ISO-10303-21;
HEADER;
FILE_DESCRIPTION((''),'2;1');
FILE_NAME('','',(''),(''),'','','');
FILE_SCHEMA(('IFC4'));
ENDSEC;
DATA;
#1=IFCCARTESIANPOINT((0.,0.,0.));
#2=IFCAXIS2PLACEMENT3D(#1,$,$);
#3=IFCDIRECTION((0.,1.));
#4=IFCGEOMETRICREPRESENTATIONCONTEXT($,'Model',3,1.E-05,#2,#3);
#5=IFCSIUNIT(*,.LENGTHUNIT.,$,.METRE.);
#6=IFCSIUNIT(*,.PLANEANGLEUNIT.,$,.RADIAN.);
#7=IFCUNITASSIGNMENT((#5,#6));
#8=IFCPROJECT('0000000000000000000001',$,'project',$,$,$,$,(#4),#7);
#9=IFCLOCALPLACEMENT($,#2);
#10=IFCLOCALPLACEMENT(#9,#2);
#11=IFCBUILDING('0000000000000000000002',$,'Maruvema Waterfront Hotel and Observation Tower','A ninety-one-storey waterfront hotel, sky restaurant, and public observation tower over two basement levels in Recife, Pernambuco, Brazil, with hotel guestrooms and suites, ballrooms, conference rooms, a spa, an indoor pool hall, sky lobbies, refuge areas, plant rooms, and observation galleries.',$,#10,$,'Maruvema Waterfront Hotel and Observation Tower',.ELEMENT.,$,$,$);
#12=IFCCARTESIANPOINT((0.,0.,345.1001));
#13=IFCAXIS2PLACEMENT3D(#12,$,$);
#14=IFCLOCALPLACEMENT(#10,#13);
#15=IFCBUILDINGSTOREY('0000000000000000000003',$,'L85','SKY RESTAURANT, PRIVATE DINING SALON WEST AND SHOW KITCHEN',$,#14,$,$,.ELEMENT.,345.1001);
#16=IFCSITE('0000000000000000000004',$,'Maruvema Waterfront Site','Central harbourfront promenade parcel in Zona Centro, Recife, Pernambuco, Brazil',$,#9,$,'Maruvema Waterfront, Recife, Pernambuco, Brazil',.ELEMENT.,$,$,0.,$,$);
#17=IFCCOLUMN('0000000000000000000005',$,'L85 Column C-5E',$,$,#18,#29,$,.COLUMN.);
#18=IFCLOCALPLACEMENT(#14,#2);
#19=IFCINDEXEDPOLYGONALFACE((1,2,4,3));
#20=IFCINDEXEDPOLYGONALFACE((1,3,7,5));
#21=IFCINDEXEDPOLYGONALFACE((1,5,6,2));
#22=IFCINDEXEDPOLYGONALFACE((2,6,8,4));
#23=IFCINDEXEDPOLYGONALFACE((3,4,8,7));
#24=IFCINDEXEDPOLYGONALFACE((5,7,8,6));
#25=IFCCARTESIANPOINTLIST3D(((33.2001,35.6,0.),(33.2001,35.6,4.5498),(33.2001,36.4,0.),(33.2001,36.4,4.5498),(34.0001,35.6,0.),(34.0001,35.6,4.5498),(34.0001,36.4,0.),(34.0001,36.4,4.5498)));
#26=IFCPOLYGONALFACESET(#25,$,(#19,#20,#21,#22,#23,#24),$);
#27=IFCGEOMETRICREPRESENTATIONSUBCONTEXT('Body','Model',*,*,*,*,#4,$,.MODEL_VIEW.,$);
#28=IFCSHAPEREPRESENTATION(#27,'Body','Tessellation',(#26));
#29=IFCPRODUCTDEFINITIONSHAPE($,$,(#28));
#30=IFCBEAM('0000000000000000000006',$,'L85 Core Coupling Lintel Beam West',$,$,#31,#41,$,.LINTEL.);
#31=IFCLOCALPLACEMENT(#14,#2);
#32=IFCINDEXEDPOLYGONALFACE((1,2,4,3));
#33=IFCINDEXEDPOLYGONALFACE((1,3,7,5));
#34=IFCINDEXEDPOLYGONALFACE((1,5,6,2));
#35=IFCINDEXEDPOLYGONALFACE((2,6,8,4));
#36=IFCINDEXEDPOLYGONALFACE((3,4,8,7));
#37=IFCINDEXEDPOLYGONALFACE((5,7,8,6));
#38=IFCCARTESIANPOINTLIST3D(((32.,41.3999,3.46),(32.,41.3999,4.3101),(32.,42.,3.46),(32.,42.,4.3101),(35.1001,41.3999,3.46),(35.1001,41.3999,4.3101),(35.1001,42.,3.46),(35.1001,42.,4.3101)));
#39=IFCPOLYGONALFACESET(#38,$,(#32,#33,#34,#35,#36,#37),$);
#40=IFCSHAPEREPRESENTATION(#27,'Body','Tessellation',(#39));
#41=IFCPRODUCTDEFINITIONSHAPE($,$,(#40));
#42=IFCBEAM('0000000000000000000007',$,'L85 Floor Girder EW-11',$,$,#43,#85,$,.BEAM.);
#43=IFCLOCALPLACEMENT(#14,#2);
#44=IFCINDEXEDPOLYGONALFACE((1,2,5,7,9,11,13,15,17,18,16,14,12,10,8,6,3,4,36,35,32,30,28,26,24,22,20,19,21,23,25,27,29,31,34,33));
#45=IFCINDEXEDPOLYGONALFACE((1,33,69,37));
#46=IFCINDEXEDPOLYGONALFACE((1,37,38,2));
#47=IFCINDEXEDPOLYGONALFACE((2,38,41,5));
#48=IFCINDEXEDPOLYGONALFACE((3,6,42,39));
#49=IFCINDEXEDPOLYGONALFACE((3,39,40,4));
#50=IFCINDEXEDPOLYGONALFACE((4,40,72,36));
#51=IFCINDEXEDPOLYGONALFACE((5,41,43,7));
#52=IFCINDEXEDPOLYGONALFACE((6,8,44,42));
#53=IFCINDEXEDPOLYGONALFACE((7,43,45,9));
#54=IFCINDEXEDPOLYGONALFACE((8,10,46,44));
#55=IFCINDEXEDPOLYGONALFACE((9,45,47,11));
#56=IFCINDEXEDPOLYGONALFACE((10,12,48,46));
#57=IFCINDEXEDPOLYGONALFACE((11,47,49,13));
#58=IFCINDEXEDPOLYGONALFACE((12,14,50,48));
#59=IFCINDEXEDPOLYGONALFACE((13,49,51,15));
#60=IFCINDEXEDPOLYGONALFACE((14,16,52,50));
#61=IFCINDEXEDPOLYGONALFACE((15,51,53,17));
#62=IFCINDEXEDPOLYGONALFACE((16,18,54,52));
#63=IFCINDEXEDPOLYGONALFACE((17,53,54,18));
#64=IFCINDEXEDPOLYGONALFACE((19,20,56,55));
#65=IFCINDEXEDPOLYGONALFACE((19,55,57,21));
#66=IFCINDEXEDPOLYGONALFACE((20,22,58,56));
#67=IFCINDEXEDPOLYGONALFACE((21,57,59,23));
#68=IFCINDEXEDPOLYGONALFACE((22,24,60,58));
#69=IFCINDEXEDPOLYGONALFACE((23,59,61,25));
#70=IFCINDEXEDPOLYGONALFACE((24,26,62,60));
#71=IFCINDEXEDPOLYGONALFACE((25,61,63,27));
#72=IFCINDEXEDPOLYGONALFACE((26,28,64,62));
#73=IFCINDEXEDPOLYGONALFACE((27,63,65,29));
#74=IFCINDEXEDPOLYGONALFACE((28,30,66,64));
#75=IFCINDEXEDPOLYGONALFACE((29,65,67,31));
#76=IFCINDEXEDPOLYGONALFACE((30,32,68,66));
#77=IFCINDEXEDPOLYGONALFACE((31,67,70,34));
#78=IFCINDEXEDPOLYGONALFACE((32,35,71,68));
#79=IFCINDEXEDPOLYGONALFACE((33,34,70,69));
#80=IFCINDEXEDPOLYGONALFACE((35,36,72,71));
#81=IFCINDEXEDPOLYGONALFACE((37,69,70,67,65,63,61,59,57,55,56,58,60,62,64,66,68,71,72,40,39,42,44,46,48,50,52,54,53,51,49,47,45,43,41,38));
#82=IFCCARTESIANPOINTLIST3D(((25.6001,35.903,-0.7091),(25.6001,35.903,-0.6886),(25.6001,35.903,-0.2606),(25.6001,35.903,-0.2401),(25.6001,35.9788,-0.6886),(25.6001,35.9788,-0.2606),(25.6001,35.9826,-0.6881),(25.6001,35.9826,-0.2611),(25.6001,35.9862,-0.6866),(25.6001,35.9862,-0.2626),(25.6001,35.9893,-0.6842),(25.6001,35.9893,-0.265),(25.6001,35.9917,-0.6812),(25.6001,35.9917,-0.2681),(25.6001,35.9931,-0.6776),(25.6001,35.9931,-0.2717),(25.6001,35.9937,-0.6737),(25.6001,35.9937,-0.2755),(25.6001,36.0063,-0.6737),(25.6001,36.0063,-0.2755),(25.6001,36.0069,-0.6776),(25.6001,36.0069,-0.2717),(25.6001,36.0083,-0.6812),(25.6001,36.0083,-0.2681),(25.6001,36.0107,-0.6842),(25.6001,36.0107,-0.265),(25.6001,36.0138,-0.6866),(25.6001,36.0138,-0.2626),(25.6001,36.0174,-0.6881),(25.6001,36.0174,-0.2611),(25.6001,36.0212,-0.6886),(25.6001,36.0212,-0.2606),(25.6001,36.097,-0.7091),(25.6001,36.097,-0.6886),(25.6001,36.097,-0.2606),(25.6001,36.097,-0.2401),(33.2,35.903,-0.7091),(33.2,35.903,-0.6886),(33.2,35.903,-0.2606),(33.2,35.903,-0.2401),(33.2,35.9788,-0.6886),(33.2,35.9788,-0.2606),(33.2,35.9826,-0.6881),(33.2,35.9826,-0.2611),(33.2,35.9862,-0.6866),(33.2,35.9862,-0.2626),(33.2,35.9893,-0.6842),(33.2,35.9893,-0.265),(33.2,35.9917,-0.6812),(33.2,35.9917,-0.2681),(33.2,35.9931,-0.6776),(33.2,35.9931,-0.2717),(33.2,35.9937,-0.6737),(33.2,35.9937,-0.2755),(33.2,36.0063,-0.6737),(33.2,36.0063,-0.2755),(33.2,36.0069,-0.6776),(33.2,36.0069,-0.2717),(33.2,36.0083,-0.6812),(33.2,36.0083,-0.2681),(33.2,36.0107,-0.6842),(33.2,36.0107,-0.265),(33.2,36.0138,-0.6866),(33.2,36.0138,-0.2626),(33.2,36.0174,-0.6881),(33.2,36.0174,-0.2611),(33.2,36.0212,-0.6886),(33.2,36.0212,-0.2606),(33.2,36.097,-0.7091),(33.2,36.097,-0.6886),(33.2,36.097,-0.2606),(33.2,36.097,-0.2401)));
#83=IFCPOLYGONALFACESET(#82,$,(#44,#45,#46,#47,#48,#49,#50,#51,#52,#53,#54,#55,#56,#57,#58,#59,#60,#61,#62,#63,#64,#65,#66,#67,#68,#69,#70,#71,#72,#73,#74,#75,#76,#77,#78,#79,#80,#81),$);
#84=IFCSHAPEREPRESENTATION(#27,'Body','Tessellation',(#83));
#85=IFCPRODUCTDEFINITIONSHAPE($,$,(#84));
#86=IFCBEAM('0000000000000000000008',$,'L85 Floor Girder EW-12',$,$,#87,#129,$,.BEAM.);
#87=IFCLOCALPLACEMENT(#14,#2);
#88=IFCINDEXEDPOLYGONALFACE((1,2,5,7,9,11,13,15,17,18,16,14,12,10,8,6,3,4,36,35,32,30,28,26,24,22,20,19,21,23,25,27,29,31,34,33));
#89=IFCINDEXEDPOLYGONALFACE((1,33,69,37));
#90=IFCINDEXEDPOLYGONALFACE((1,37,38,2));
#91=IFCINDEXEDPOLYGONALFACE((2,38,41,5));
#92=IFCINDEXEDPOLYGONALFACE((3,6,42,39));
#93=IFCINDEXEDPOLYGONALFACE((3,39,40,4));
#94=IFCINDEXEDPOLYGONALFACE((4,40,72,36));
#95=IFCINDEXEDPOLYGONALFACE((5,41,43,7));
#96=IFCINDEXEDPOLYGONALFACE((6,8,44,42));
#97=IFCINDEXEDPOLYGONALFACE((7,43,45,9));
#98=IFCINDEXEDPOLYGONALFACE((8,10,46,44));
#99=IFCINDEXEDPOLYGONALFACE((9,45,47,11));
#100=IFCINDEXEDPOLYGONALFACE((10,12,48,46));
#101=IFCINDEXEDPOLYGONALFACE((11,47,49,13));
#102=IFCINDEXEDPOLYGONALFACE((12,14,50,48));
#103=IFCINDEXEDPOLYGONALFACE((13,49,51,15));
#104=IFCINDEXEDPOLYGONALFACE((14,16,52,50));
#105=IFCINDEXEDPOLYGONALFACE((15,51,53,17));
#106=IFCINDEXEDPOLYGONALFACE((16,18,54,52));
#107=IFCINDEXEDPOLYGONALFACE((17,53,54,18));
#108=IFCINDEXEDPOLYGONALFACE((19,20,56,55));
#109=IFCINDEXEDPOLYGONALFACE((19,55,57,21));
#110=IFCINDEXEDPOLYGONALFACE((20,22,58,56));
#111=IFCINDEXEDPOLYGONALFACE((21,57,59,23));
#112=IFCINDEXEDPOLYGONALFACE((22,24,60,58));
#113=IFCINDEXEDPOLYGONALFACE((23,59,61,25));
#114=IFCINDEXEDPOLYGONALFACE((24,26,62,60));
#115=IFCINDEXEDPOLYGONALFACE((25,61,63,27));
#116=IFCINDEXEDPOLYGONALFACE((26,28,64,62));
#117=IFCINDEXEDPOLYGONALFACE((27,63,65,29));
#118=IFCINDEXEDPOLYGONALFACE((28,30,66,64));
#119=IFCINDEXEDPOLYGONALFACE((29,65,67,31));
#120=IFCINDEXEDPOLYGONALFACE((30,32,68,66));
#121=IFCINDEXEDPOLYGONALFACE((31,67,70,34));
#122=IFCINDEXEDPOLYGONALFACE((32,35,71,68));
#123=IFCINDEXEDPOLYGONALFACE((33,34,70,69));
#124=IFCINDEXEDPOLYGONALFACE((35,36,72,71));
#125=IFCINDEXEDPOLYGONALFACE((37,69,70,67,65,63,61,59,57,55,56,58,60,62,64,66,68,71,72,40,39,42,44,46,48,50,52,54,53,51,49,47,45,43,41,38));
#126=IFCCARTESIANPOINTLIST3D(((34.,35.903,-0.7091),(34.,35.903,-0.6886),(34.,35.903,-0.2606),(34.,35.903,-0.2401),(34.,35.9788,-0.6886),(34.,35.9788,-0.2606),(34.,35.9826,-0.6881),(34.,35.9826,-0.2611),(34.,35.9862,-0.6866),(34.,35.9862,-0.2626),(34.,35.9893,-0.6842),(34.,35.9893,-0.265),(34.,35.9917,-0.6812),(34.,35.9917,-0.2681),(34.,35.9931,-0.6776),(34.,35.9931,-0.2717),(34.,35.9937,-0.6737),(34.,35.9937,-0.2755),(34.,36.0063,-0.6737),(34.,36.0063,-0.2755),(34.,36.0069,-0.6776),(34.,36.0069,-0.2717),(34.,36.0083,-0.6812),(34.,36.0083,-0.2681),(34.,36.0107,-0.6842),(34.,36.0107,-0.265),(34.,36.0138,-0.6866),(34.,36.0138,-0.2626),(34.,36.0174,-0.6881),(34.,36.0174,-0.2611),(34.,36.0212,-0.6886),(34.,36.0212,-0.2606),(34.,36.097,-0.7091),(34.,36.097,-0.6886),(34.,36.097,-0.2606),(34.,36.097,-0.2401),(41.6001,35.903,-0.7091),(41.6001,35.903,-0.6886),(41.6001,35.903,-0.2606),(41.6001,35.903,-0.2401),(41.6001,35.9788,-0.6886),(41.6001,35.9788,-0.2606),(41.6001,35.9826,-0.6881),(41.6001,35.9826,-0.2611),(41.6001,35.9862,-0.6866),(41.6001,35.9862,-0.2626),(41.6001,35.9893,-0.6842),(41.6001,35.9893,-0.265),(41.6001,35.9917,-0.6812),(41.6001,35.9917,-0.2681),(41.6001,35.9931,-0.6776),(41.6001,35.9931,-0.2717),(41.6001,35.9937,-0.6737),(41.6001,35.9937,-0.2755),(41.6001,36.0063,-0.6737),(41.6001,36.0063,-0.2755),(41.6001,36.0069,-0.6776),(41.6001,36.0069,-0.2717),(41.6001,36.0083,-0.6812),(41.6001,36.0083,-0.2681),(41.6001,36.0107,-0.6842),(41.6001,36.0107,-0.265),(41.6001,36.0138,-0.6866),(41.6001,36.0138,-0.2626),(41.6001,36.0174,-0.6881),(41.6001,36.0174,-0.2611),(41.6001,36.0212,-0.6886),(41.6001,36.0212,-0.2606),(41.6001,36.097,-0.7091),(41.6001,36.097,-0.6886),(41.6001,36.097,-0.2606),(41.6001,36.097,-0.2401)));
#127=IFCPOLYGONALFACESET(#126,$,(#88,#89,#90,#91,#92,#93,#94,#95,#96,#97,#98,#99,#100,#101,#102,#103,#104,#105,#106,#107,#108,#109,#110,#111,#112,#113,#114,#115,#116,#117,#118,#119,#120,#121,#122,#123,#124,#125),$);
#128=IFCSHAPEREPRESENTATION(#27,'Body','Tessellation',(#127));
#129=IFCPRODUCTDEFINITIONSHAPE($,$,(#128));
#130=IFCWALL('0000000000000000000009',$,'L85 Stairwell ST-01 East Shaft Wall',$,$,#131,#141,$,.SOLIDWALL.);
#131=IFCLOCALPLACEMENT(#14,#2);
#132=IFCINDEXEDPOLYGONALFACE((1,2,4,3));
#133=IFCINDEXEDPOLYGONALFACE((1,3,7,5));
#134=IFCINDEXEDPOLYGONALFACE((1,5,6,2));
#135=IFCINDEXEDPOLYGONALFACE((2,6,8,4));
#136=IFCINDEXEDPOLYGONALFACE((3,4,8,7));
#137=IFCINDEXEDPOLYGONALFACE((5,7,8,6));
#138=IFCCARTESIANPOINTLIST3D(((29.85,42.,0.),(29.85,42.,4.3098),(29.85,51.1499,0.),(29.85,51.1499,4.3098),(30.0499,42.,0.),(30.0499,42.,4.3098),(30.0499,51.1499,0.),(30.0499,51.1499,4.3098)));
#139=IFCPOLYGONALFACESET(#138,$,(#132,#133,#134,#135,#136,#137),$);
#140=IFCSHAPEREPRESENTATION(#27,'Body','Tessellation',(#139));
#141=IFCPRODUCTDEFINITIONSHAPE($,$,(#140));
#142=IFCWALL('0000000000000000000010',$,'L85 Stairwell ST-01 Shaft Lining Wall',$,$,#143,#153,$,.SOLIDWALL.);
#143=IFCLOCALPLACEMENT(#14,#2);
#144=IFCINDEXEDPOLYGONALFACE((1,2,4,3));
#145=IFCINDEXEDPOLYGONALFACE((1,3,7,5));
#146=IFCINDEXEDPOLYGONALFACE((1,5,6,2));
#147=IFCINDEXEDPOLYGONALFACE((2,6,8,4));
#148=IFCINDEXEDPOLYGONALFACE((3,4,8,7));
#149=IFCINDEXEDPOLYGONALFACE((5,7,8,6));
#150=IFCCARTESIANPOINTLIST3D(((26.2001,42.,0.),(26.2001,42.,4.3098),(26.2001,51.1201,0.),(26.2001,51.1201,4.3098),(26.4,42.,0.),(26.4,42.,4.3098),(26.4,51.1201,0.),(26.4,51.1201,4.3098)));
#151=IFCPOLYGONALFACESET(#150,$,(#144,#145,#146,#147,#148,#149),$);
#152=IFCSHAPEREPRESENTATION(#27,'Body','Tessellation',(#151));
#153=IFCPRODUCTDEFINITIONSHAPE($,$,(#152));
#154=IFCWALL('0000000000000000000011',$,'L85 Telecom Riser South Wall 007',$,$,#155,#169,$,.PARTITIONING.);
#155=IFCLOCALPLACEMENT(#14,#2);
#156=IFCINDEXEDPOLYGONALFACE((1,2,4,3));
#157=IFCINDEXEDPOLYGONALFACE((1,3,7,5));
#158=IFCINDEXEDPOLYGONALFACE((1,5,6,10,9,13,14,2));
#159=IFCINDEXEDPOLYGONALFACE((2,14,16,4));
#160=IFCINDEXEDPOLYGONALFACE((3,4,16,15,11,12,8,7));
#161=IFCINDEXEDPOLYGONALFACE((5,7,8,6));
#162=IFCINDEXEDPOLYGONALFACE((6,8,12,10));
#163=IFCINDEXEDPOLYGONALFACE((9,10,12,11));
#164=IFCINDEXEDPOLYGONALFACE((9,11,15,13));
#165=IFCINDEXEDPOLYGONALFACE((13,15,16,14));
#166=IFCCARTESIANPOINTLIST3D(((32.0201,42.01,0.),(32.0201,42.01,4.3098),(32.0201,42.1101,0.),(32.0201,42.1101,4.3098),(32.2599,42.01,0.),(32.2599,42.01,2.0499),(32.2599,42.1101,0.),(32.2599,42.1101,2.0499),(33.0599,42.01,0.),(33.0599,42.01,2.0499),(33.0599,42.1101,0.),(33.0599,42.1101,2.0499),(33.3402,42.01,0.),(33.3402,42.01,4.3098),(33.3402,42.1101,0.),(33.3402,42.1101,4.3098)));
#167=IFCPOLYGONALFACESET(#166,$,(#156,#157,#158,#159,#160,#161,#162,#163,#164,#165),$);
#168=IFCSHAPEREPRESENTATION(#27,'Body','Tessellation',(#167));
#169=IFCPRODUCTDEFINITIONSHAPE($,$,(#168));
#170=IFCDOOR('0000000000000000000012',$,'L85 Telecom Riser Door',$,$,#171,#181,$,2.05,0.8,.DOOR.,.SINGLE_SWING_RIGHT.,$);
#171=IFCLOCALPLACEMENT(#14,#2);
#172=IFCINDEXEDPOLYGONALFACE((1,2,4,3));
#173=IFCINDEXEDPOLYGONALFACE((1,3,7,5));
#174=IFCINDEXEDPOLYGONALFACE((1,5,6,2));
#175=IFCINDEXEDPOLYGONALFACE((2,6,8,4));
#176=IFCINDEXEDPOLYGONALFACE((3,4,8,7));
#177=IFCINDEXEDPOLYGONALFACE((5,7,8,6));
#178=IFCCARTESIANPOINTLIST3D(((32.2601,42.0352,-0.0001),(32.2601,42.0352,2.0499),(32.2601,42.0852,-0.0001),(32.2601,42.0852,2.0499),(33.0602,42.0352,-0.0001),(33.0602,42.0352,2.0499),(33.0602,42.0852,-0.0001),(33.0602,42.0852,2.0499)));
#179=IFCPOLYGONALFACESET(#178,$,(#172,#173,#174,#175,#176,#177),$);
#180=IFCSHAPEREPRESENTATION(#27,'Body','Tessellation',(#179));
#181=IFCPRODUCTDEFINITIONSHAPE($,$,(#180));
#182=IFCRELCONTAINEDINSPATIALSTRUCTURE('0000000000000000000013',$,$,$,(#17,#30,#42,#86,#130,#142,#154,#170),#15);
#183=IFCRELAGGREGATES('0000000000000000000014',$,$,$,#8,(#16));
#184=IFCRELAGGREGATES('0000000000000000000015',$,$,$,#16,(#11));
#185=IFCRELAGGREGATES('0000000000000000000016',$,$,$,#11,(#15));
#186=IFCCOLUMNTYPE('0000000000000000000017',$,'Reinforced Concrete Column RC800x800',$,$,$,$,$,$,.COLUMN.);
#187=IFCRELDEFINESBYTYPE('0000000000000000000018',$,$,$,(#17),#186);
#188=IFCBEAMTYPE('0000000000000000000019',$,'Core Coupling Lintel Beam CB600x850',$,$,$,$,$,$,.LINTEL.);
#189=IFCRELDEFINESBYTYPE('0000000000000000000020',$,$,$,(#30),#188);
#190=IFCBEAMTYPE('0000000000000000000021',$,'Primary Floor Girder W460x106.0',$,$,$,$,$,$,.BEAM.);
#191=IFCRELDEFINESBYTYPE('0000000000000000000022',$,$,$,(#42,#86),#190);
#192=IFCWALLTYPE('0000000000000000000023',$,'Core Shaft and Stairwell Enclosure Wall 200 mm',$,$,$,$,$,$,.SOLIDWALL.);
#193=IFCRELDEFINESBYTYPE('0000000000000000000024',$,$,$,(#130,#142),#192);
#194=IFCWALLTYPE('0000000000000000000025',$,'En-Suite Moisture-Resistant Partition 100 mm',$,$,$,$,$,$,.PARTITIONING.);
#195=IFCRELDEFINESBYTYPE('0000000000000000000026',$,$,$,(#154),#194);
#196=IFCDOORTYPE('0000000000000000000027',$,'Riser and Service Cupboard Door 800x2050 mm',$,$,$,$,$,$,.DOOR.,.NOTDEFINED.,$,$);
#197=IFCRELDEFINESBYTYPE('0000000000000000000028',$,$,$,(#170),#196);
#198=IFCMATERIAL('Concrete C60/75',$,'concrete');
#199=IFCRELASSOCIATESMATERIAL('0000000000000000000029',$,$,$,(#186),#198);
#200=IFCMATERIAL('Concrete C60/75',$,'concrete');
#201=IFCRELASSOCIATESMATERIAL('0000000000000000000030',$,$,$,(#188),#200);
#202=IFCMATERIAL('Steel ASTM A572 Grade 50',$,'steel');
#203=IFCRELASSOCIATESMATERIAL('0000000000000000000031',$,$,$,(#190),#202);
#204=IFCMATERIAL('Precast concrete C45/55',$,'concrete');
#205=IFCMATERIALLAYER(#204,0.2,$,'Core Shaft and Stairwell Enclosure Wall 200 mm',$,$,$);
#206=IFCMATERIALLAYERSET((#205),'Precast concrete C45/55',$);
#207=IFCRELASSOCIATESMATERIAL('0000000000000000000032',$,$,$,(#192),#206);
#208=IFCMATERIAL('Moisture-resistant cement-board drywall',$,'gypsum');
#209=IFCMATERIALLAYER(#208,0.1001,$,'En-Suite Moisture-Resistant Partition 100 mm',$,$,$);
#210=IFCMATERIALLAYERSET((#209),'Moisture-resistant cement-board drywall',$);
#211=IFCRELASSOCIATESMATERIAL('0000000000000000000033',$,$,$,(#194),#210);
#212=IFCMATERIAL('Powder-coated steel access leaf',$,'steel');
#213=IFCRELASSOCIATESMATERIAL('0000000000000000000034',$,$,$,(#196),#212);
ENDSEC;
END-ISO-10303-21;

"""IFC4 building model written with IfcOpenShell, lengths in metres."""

from ifc_helpers import new_model, si_unit, direction, frame, frame_2d, origin, origin_2d, place, context, subcontext, project, spatial, rectangle, i_section, extrude, material, layer, layer_set, material_profile, profile_set, type_object, element, fill, save


model = new_model("IFC4")

# Units and contexts
model_context = context("Model", 3, precision=1e-05, world=origin(), true_north=direction((0.0, 1.0)))
body_context = subcontext(model_context, "Body", "Model", "MODEL_VIEW")
ifc_project = project(units=[si_unit("LENGTHUNIT", "METRE"), si_unit("PLANEANGLEUNIT", "RADIAN")], contexts=[model_context])

# Site, building, storey
site_placement = place(None, origin())
site = spatial("IfcSite", under=ifc_project, at=site_placement, Name="Maruvema Waterfront Site", Description="Central harbourfront promenade parcel in Zona Centro, Recife, Pernambuco, Brazil", LongName="Maruvema Waterfront, Recife, Pernambuco, Brazil", CompositionType="ELEMENT", RefElevation=0.0)
building_placement = place(site_placement, origin())
building = spatial("IfcBuilding", under=site, at=building_placement, Name="Maruvema Waterfront Hotel and Observation Tower", Description="A ninety-one-storey waterfront hotel, sky restaurant, and public observation tower over two basement levels in Recife, Pernambuco, Brazil, with hotel guestrooms and suites, ballrooms, conference rooms, a spa, an indoor pool hall, sky lobbies, refuge areas, plant rooms, and observation galleries.", LongName="Maruvema Waterfront Hotel and Observation Tower", CompositionType="ELEMENT")
storey_placement = place(building_placement, frame((0.0, 0.0, 345.1001)))
storey = spatial("IfcBuildingStorey", under=building, at=storey_placement, Name="L85", Description="SKY RESTAURANT, PRIVATE DINING SALON WEST AND SHOW KITCHEN", CompositionType="ELEMENT", Elevation=345.1001)

# Column
ifc_material_1 = material(Name="Concrete C60/75", Category="concrete")
ifc_material_profile_1 = material_profile(ifc_material_1, rectangle(XDim=0.8, YDim=0.8, at=origin_2d()), Name="RC800x800")
ifc_profile_set_1 = profile_set([ifc_material_profile_1], Name="Concrete C60/75")
column_type = type_object("IfcColumnType", Name="Reinforced Concrete Column RC800x800", PredefinedType="COLUMN", material=ifc_profile_set_1)
column_placement = place(storey_placement, frame((33.6001, 36.0, 0.0), z_axis=(0.0, 0.0, 1.0), x_axis=(1.0, 0.0, 0.0)))
element("IfcColumn", 1, at=column_placement, inside=storey, type_object=column_type, Name="L85 Column C-5E", PredefinedType="COLUMN", context=body_context, shape_type="SweptSolid", body=[
    extrude(rectangle(XDim=0.8, YDim=0.8, at=origin_2d()), origin(), (0.0, 0.0, 1.0), 4.5498),
])

# Beams
ifc_material_2 = material(Name="Concrete C60/75", Category="concrete")
ifc_material_profile_2 = material_profile(ifc_material_2, rectangle(XDim=0.6001, YDim=0.8501, at=origin_2d()), Name="CB600x850")
ifc_profile_set_2 = profile_set([ifc_material_profile_2], Name="Concrete C60/75")
beam_type_1 = type_object("IfcBeamType", Name="Core Coupling Lintel Beam CB600x850", PredefinedType="LINTEL", material=ifc_profile_set_2)
beam_1_placement = place(storey_placement, frame((32.0, 41.7, 3.885), z_axis=(1.0, 0.0, 0.0), x_axis=(0.0, 1.0, 0.0)))
element("IfcBeam", 2, at=beam_1_placement, inside=storey, type_object=beam_type_1, Name="L85 Core Coupling Lintel Beam West", PredefinedType="LINTEL", context=body_context, shape_type="SweptSolid", body=[
    extrude(rectangle(XDim=0.6001, YDim=0.8501, at=origin_2d()), origin(), (0.0, 0.0, 1.0), 3.1001),
])
ifc_material_3 = material(Name="Steel ASTM A572 Grade 50", Category="steel")
ifc_material_profile_3 = material_profile(ifc_material_3, i_section(OverallWidth=0.1941, OverallDepth=0.469, WebThickness=0.0127, FlangeThickness=0.0205, FilletRadius=0.0149, at=origin_2d()), Name="W460x106.0")
ifc_profile_set_3 = profile_set([ifc_material_profile_3], Name="Steel ASTM A572 Grade 50")
beam_type_2 = type_object("IfcBeamType", Name="Primary Floor Girder W460x106.0", PredefinedType="BEAM", material=ifc_profile_set_3)
beam_2_placement = place(storey_placement, frame((25.6001, 36.0, -0.4746), z_axis=(1.0, 0.0, 0.0), x_axis=(0.0, 1.0, 0.0)))
element("IfcBeam", 3, at=beam_2_placement, inside=storey, type_object=beam_type_2, Name="L85 Floor Girder EW-11", PredefinedType="BEAM", context=body_context, shape_type="SweptSolid", body=[
    extrude(i_section(OverallWidth=0.1941, OverallDepth=0.469, WebThickness=0.0127, FlangeThickness=0.0205, FilletRadius=0.0149, at=origin_2d()), origin(), (0.0, 0.0, 1.0), 7.5999),
])
beam_3_placement = place(storey_placement, frame((34.0, 36.0, -0.4746), z_axis=(1.0, 0.0, 0.0), x_axis=(0.0, 1.0, 0.0)))
element("IfcBeam", 4, at=beam_3_placement, inside=storey, type_object=beam_type_2, Name="L85 Floor Girder EW-12", PredefinedType="BEAM", context=body_context, shape_type="SweptSolid", body=[
    extrude(i_section(OverallWidth=0.1941, OverallDepth=0.469, WebThickness=0.0127, FlangeThickness=0.0205, FilletRadius=0.0149, at=origin_2d()), origin(), (0.0, 0.0, 1.0), 7.6001),
])

# Walls
ifc_material_4 = material(Name="Precast concrete C45/55", Category="concrete")
ifc_layer_1 = layer(ifc_material_4, 0.2, Name="Core Shaft and Stairwell Enclosure Wall 200 mm")
ifc_layer_set_1 = layer_set([ifc_layer_1], Name="Precast concrete C45/55")
wall_type_1 = type_object("IfcWallType", Name="Core Shaft and Stairwell Enclosure Wall 200 mm", PredefinedType="SOLIDWALL", material=ifc_layer_set_1)
wall_1_placement = place(storey_placement, frame((29.95, 42.0, 0.0), z_axis=(0.0, 0.0, 1.0), x_axis=(0.0, 1.0, 0.0)))
element("IfcWall", 5, at=wall_1_placement, inside=storey, type_object=wall_type_1, Name="L85 Stairwell ST-01 East Shaft Wall", PredefinedType="SOLIDWALL", context=body_context, shape_type="SweptSolid", body=[
    extrude(rectangle(XDim=9.1499, YDim=0.2, at=frame_2d((4.575, 0.0))), origin(), (0.0, 0.0, 1.0), 4.3098),
])
wall_2_placement = place(storey_placement, frame((26.3, 42.0, 0.0), z_axis=(0.0, 0.0, 1.0), x_axis=(0.0, 1.0, 0.0)))
element("IfcWall", 6, at=wall_2_placement, inside=storey, type_object=wall_type_1, Name="L85 Stairwell ST-01 Shaft Lining Wall", PredefinedType="SOLIDWALL", context=body_context, shape_type="SweptSolid", body=[
    extrude(rectangle(XDim=9.1201, YDim=0.2, at=frame_2d((4.5601, 0.0))), origin(), (0.0, 0.0, 1.0), 4.3098),
])

# Wall, opening, door
ifc_material_5 = material(Name="Moisture-resistant cement-board drywall", Category="gypsum")
ifc_layer_2 = layer(ifc_material_5, 0.1001, Name="En-Suite Moisture-Resistant Partition 100 mm")
ifc_layer_set_2 = layer_set([ifc_layer_2], Name="Moisture-resistant cement-board drywall")
wall_type_2 = type_object("IfcWallType", Name="En-Suite Moisture-Resistant Partition 100 mm", PredefinedType="PARTITIONING", material=ifc_layer_set_2)
wall_3_placement = place(storey_placement, frame((32.02, 42.0601, 0.0), z_axis=(0.0, 0.0, 1.0), x_axis=(1.0, 0.0, 0.0)))
wall_3 = element("IfcWall", 7, at=wall_3_placement, inside=storey, type_object=wall_type_2, Name="L85 Telecom Riser South Wall 007", PredefinedType="PARTITIONING", context=body_context, shape_type="SweptSolid", body=[
    extrude(rectangle(XDim=1.3201, YDim=0.1001, at=frame_2d((0.6602, 0.0))), origin(), (0.0, 0.0, 1.0), 4.3098),
])
opening_1_placement = place(wall_3_placement, frame((0.24, 0.0, 0.0)))
opening_1 = element("IfcOpeningElement", 8, at=opening_1_placement, cuts=wall_3, PredefinedType="OPENING", context=body_context, shape_type="SweptSolid", body=[
    extrude(rectangle(XDim=0.8, YDim=2.05, at=frame_2d((0.3999, 1.0249))), frame((0.0, 0.0601, 0.0), z_axis=(0.0, -1.0, 0.0), x_axis=(1.0, 0.0, 0.0)), (0.0, 0.0, 1.0), 0.1201),
])
ifc_material_6 = material(Name="Powder-coated steel access leaf", Category="steel")
door_type_1 = type_object("IfcDoorType", Name="Riser and Service Cupboard Door 800x2050 mm", OperationType="NOTDEFINED", PredefinedType="DOOR", material=ifc_material_6)
door_1_placement = place(opening_1_placement, frame((0.8, 0.0, 0.0), z_axis=(0.0, 0.0, 1.0), x_axis=(-1.0, 0.0, 0.0)))
door_1 = element("IfcDoor", 9, at=door_1_placement, inside=storey, type_object=door_type_1, Name="L85 Telecom Riser Door", OperationType="SINGLE_SWING_RIGHT", OverallHeight=2.05, OverallWidth=0.8, PredefinedType="DOOR", context=body_context, shape_type="SweptSolid", body=[
    extrude(rectangle(XDim=0.8, YDim=2.05, at=frame_2d((0.3999, 1.0249))), frame((0.0, 0.0249, 0.0), z_axis=(0.0, -1.0, 0.0), x_axis=(1.0, 0.0, 0.0)), (0.0, 0.0, 1.0), 0.05),
])
fill(opening_1, door_1)

save(model, "model.ifc")
